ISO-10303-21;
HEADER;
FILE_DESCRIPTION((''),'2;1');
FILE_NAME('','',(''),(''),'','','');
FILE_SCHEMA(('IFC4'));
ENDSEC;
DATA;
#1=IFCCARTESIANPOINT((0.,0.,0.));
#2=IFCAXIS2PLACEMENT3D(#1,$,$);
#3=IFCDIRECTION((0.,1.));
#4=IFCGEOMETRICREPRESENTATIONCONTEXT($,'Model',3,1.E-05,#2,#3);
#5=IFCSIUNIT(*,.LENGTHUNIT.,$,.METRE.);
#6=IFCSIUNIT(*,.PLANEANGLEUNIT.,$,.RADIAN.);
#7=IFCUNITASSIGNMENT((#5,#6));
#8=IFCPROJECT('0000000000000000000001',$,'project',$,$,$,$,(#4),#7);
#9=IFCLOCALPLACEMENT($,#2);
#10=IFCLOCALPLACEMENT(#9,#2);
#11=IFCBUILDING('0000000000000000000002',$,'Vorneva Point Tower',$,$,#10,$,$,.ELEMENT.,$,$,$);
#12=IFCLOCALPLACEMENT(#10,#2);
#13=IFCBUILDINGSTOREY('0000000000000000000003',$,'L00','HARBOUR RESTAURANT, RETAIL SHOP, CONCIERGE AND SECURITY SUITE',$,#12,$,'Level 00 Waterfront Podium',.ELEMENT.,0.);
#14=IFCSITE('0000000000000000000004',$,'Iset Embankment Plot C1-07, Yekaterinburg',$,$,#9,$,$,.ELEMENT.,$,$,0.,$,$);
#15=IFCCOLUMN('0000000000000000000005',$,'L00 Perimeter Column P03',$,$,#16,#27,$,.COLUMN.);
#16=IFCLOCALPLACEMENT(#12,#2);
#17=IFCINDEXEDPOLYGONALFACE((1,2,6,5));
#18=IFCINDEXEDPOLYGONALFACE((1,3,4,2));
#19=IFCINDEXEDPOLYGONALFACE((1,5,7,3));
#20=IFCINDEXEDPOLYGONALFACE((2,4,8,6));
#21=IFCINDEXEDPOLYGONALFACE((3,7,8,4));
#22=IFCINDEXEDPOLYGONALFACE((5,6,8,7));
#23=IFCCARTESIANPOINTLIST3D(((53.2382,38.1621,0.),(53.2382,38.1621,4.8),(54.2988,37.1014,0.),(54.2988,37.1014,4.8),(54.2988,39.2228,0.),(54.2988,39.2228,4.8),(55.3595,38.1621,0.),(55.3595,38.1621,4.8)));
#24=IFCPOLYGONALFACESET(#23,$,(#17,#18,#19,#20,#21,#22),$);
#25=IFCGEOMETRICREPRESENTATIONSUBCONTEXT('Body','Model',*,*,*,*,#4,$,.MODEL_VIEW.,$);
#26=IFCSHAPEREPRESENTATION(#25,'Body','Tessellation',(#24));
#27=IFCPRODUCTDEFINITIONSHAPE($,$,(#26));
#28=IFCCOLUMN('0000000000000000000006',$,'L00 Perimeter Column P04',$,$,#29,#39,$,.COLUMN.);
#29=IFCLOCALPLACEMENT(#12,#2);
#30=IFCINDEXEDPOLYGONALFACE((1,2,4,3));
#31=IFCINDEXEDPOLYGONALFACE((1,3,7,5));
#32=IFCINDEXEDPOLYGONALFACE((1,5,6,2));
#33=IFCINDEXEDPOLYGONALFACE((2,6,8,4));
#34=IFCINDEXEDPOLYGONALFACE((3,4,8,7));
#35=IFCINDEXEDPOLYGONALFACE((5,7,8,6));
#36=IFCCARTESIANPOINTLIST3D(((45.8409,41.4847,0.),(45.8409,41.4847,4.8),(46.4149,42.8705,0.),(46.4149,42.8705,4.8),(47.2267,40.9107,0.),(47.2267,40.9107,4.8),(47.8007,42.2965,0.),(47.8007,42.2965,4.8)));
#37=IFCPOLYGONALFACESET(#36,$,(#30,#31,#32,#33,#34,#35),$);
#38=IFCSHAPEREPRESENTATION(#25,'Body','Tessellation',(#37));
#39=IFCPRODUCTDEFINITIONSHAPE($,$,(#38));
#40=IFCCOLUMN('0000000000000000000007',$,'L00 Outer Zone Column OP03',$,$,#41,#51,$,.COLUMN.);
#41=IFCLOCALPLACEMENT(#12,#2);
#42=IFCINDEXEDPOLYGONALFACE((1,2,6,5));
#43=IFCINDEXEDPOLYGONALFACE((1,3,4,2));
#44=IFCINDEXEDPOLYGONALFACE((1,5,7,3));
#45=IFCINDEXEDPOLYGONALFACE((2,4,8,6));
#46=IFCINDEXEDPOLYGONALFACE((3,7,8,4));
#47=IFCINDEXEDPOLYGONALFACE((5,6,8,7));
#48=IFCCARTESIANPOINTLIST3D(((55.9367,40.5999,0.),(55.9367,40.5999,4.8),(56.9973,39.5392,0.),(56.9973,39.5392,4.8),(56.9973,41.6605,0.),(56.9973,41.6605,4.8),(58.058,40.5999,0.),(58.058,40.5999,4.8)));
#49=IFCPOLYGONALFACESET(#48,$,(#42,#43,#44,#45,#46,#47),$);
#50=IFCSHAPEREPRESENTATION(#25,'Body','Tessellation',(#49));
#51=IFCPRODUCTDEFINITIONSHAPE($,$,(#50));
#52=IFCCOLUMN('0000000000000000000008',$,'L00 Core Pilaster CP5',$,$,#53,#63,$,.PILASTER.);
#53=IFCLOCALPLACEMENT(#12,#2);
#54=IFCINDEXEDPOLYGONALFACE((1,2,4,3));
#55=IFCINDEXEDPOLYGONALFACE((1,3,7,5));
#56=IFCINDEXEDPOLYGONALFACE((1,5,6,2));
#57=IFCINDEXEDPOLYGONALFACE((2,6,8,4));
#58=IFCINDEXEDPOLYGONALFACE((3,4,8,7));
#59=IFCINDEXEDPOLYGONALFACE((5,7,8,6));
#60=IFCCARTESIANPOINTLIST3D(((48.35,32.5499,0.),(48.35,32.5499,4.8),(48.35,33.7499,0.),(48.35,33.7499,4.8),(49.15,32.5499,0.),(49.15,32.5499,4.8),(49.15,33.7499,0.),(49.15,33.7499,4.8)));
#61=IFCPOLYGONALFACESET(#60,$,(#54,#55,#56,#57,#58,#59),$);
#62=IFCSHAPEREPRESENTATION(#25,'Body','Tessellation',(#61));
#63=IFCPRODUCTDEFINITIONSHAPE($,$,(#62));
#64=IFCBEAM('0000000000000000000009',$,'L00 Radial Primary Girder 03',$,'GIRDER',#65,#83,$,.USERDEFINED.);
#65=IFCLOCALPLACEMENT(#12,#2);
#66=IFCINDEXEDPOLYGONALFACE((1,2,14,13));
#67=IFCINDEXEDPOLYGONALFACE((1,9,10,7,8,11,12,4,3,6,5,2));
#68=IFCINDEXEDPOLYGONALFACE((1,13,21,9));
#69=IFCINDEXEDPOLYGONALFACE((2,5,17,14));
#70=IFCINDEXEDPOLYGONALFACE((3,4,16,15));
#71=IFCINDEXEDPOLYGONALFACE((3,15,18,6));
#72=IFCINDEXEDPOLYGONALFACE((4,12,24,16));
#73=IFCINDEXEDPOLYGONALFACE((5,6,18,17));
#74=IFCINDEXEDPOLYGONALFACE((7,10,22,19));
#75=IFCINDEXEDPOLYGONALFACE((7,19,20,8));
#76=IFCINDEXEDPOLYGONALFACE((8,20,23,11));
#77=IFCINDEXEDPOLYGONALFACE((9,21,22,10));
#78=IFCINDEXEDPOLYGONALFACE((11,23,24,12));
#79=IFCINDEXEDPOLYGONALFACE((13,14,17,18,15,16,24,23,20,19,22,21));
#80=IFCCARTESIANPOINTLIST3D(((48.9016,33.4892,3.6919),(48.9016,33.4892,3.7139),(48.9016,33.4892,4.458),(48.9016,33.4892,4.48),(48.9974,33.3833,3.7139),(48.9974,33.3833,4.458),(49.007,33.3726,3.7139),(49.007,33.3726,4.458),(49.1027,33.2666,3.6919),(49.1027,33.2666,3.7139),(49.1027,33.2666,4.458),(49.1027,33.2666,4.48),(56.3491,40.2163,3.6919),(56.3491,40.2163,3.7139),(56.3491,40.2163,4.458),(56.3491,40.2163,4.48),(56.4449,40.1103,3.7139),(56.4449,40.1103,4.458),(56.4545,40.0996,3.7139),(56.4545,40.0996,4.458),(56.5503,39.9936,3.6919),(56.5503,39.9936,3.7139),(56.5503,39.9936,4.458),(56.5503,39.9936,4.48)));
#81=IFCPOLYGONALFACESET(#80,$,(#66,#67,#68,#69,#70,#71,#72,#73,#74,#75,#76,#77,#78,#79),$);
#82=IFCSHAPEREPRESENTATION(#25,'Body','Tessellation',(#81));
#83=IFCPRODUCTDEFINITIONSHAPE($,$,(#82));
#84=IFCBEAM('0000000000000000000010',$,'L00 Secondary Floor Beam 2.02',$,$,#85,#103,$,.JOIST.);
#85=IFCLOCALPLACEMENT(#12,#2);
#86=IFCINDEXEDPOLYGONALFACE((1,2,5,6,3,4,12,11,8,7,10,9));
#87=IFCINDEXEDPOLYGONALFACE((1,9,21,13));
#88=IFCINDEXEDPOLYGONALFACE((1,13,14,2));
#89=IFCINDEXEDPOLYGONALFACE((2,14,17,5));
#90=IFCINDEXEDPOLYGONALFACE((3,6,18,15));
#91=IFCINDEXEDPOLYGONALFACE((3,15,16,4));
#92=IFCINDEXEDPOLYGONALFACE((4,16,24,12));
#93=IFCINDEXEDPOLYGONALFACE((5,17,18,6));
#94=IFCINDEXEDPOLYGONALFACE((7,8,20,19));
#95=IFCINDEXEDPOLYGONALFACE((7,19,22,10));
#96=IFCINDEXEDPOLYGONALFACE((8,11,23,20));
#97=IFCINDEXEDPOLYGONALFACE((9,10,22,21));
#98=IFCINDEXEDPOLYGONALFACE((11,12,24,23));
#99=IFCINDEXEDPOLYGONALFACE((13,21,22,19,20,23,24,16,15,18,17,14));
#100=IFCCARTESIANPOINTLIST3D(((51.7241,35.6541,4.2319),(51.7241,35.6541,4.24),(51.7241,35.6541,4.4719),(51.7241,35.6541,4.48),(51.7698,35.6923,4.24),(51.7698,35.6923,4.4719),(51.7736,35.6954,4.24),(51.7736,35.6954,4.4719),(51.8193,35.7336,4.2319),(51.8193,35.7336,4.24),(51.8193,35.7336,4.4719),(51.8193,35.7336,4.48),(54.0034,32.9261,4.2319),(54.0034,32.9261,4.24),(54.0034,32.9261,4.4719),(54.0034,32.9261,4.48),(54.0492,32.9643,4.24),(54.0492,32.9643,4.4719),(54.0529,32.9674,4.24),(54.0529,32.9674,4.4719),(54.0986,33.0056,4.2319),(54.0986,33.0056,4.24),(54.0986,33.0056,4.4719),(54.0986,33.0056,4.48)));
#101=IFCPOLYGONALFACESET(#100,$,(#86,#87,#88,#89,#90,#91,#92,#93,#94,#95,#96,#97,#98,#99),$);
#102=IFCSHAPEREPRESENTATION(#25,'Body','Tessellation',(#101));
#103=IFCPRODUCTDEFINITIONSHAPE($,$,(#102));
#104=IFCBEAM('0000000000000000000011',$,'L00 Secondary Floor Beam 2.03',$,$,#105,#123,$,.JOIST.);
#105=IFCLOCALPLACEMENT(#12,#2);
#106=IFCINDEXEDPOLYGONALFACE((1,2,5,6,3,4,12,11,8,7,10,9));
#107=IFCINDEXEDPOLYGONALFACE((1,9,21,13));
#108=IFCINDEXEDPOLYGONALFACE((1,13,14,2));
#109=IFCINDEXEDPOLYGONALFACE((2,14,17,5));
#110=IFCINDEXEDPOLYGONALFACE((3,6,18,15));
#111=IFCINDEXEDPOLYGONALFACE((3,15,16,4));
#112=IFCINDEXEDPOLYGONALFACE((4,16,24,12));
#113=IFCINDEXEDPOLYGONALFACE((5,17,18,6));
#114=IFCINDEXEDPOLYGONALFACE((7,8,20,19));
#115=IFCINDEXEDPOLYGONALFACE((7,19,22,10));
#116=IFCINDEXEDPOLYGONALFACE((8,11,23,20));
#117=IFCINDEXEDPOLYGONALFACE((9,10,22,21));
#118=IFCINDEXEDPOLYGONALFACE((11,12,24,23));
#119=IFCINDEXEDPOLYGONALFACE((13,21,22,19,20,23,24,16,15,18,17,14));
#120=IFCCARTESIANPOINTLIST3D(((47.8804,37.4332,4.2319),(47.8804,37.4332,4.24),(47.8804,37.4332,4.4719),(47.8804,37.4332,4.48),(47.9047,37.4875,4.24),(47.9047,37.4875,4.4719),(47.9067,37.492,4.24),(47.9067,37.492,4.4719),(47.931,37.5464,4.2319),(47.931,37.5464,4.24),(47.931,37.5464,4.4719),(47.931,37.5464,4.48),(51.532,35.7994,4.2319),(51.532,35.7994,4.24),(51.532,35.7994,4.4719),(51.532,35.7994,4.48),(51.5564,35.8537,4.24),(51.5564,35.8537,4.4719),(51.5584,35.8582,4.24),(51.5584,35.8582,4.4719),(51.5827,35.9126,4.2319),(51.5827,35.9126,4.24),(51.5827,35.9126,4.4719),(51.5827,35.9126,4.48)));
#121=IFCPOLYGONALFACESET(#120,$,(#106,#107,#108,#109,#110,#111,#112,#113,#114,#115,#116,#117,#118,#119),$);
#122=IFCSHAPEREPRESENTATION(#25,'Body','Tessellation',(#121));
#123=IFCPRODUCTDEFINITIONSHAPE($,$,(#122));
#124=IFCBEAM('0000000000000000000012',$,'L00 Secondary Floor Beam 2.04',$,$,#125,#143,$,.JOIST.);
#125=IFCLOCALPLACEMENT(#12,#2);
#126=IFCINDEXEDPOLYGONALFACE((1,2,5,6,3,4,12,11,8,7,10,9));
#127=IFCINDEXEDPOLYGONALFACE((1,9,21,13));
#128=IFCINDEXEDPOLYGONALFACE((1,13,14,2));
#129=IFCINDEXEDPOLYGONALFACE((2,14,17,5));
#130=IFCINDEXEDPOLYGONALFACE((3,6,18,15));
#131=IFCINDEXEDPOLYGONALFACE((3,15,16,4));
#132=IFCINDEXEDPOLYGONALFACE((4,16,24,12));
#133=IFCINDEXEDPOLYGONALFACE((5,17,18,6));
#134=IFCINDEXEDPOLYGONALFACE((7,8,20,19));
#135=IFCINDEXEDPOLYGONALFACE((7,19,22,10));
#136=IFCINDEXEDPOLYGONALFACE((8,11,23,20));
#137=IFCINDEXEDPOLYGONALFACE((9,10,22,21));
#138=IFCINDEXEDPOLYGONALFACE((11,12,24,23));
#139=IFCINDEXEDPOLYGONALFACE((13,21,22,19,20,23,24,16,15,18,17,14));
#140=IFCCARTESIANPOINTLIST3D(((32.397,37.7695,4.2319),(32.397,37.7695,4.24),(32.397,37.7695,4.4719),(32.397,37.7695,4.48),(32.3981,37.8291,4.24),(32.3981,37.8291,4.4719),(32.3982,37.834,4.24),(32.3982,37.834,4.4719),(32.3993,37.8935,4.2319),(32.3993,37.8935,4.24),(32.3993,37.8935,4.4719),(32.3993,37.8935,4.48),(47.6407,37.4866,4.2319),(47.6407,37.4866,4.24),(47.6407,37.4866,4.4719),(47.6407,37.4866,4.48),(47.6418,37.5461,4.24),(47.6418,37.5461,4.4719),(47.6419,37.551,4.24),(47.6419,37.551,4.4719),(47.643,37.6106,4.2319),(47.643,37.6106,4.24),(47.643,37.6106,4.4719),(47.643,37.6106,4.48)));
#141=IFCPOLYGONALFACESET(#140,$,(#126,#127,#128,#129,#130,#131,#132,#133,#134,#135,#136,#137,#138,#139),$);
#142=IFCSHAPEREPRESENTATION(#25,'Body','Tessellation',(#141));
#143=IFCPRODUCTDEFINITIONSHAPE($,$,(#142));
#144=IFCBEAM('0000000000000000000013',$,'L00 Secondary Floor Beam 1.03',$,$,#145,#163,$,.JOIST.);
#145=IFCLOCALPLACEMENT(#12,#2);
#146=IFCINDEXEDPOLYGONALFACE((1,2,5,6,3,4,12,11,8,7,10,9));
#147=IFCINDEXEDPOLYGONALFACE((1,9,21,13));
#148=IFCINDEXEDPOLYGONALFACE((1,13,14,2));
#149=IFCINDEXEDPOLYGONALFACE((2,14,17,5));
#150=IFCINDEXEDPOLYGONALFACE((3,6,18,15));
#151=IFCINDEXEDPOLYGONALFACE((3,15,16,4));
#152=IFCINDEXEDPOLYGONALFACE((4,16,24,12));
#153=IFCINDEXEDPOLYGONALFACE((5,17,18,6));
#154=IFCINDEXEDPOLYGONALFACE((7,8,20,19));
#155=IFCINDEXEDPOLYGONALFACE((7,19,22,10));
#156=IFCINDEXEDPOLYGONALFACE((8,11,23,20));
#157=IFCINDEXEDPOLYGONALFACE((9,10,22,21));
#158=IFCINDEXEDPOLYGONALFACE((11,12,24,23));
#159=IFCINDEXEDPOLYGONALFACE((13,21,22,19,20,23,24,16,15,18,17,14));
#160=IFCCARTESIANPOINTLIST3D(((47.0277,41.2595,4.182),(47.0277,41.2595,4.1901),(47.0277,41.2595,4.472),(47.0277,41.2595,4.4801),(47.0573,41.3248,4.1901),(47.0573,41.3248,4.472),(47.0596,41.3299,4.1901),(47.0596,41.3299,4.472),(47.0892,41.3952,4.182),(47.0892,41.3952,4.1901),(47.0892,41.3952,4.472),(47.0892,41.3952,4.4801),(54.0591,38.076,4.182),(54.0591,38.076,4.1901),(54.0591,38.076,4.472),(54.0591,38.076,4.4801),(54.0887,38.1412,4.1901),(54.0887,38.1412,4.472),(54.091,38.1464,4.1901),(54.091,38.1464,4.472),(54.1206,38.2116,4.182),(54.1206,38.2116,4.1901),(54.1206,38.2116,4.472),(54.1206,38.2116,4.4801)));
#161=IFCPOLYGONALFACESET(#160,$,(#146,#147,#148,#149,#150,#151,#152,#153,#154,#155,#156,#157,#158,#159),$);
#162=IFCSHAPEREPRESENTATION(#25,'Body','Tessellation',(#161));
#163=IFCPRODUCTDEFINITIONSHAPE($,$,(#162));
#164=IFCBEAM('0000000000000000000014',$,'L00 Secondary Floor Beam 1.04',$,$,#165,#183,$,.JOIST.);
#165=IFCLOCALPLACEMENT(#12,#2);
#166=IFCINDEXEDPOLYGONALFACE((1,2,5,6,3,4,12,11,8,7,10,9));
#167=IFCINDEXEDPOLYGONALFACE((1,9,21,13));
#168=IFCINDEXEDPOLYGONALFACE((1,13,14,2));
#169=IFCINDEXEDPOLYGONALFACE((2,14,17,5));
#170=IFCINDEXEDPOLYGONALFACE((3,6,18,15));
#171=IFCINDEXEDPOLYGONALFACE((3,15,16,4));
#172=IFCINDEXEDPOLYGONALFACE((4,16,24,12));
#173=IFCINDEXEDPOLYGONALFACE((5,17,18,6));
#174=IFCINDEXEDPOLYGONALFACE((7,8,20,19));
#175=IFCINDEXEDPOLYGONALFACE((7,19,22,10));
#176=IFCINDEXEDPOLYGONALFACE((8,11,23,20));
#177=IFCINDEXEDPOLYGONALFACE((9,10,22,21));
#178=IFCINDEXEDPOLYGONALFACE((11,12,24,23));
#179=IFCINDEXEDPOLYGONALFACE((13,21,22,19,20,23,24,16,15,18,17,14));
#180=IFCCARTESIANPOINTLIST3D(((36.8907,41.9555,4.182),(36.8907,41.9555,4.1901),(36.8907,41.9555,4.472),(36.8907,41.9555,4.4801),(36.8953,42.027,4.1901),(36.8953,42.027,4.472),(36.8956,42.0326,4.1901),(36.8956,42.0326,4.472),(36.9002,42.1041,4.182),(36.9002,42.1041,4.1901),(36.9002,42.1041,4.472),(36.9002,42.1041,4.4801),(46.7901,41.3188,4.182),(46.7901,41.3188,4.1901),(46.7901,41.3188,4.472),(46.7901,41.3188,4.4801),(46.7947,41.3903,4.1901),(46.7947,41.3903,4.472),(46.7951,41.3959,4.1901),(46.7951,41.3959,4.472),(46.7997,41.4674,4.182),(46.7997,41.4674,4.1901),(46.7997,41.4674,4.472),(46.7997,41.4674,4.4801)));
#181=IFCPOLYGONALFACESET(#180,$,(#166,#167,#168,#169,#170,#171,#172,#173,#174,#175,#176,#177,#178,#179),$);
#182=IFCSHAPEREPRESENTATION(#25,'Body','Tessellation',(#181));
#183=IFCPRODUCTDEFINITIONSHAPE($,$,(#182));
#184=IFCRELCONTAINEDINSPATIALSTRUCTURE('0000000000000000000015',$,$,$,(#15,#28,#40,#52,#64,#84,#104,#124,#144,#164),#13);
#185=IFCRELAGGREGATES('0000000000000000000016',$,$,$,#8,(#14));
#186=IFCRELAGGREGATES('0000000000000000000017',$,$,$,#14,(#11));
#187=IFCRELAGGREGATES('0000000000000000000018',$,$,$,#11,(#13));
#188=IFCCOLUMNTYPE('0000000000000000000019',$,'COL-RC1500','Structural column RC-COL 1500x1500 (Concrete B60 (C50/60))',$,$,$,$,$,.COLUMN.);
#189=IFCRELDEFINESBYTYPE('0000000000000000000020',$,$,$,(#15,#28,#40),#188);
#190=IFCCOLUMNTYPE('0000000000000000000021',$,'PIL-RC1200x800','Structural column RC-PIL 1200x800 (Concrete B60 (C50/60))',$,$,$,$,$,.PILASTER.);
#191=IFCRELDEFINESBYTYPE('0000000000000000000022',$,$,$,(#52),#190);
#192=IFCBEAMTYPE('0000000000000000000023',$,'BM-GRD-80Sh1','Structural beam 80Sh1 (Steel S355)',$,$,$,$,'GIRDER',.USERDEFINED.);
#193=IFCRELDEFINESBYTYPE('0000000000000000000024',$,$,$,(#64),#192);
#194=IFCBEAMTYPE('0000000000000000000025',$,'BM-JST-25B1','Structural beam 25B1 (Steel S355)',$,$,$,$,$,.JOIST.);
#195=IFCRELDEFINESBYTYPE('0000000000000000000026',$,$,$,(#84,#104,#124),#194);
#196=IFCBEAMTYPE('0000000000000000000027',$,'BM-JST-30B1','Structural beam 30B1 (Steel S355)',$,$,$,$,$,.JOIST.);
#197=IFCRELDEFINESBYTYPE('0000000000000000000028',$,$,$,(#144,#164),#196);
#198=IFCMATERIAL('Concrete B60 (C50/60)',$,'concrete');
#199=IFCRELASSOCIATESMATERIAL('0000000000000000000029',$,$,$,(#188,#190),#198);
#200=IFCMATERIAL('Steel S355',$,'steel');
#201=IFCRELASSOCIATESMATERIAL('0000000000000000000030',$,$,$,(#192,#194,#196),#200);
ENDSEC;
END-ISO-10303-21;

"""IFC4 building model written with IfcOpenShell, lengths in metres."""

from ifc_helpers import new_model, si_unit, direction, frame, origin, origin_2d, place, context, subcontext, project, spatial, rectangle, i_section, extrude, material, material_profile, profile_set, type_object, element, save


model = new_model("IFC4")

# Units and contexts
model_context = context("Model", 3, precision=1e-05, world=origin(), true_north=direction((0.0, 1.0)))
body_context = subcontext(model_context, "Body", "Model", "MODEL_VIEW")
ifc_project = project(units=[si_unit("LENGTHUNIT", "METRE"), si_unit("PLANEANGLEUNIT", "RADIAN")], contexts=[model_context])

# Site, building, storey
site_placement = place(None, origin())
site = spatial("IfcSite", under=ifc_project, at=site_placement, Name="Iset Embankment Plot C1-07, Yekaterinburg", CompositionType="ELEMENT", RefElevation=0.0)
building_placement = place(site_placement, origin())
building = spatial("IfcBuilding", under=site, at=building_placement, Name="Vorneva Point Tower", CompositionType="ELEMENT")
storey_placement = place(building_placement, origin())
storey = spatial("IfcBuildingStorey", under=building, at=storey_placement, Name="L00", Description="HARBOUR RESTAURANT, RETAIL SHOP, CONCIERGE AND SECURITY SUITE", LongName="Level 00 Waterfront Podium", CompositionType="ELEMENT", Elevation=0.0)

# Columns
ifc_material_1 = material(Name="Concrete B60 (C50/60)", Category="concrete")
ifc_material_profile_1 = material_profile(ifc_material_1, rectangle(XDim=1.5, YDim=1.5, at=origin_2d()), Name="RC-COL 1500x1500")
ifc_profile_set_1 = profile_set([ifc_material_profile_1], Name="Concrete B60 (C50/60)")
column_type_1 = type_object("IfcColumnType", Name="COL-RC1500", Description="Structural column RC-COL 1500x1500 (Concrete B60 (C50/60))", PredefinedType="COLUMN", material=ifc_profile_set_1)
for number, where, z_axis, x_axis, name in (
    (1, (54.2988, 38.1621, 0.0), (0.0, 0.0, 1.0), (0.707107, 0.707107, 0.0), "L00 Perimeter Column P03"),
    (2, (46.8208, 41.8906, 0.0), (0.0, 0.0, 1.0), (0.382683, 0.92388, 0.0), "L00 Perimeter Column P04"),
    (3, (56.9973, 40.5999, 0.0), (0.0, 0.0, 1.0), (0.707107, 0.707107, 0.0), "L00 Outer Zone Column OP03"),
):
    element("IfcColumn", number, at=place(storey_placement, frame(where, z_axis=z_axis, x_axis=x_axis)), inside=storey, type_object=column_type_1, Name=name, PredefinedType="COLUMN", context=body_context, shape_type="SweptSolid", body=[
        extrude(rectangle(XDim=1.5, YDim=1.5, at=origin_2d()), origin(), (0.0, 0.0, 1.0), 4.8),
    ])
ifc_material_profile_2 = material_profile(ifc_material_1, rectangle(XDim=0.8, YDim=1.2, at=origin_2d()), Name="RC-PIL 1200x800")
ifc_profile_set_2 = profile_set([ifc_material_profile_2], Name="Concrete B60 (C50/60)")
column_type_2 = type_object("IfcColumnType", Name="PIL-RC1200x800", Description="Structural column RC-PIL 1200x800 (Concrete B60 (C50/60))", PredefinedType="PILASTER", material=ifc_profile_set_2)
column_placement = place(storey_placement, frame((48.75, 33.1499, 0.0), z_axis=(0.0, 0.0, 1.0), x_axis=(1.0, 0.0, 0.0)))
element("IfcColumn", 4, at=column_placement, inside=storey, type_object=column_type_2, Name="L00 Core Pilaster CP5", PredefinedType="PILASTER", context=body_context, shape_type="SweptSolid", body=[
    extrude(rectangle(XDim=0.8, YDim=1.2, at=origin_2d()), origin(), (0.0, 0.0, 1.0), 4.8),
])

# Beams
ifc_material_2 = material(Name="Steel S355", Category="steel")
ifc_material_profile_3 = material_profile(ifc_material_2, i_section(OverallWidth=0.3, OverallDepth=0.7881, WebThickness=0.0144, FlangeThickness=0.022, at=origin_2d()), Name="80Sh1")
ifc_profile_set_3 = profile_set([ifc_material_profile_3], Name="Steel S355")
beam_type_1 = type_object("IfcBeamType", Name="BM-GRD-80Sh1", Description="Structural beam 80Sh1 (Steel S355)", ElementType="GIRDER", PredefinedType="USERDEFINED", material=ifc_profile_set_3)
beam_1_placement = place(storey_placement, frame((56.4497, 40.105, 4.0859), z_axis=(-0.742089, -0.670301, 0.0), x_axis=(0.670301, -0.742089, 0.0)))
element("IfcBeam", 5, at=beam_1_placement, inside=storey, type_object=beam_type_1, Name="L00 Radial Primary Girder 03", ObjectType="GIRDER", PredefinedType="USERDEFINED", context=body_context, shape_type="SweptSolid", body=[
    extrude(i_section(OverallWidth=0.3, OverallDepth=0.7881, WebThickness=0.0144, FlangeThickness=0.022, at=origin_2d()), origin(), (0.0, 0.0, 1.0), 10.0359),
])
ifc_material_profile_4 = material_profile(ifc_material_2, i_section(OverallWidth=0.124, OverallDepth=0.248, WebThickness=0.0049, FlangeThickness=0.0081, at=origin_2d()), Name="25B1")
ifc_profile_set_4 = profile_set([ifc_material_profile_4], Name="Steel S355")
beam_type_2 = type_object("IfcBeamType", Name="BM-JST-25B1", Description="Structural beam 25B1 (Steel S355)", PredefinedType="JOIST", material=ifc_profile_set_4)
beam_2_placement = place(storey_placement, frame((54.051, 32.9658, 4.356), z_axis=(-0.64117, 0.767399, 0.0), x_axis=(-0.767399, -0.64117, 0.0)))
element("IfcBeam", 6, at=beam_2_placement, inside=storey, type_object=beam_type_2, Name="L00 Secondary Floor Beam 2.02", PredefinedType="JOIST", context=body_context, shape_type="SweptSolid", body=[
    extrude(i_section(OverallWidth=0.124, OverallDepth=0.248, WebThickness=0.0049, FlangeThickness=0.0081, at=origin_2d()), origin(), (0.0, 0.0, 1.0), 3.5549),
])
beam_3_placement = place(storey_placement, frame((51.5574, 35.856, 4.356), z_axis=(-0.912802, 0.408402, 0.0), x_axis=(-0.408402, -0.912802, 0.0)))
element("IfcBeam", 7, at=beam_3_placement, inside=storey, type_object=beam_type_2, Name="L00 Secondary Floor Beam 2.03", PredefinedType="JOIST", context=body_context, shape_type="SweptSolid", body=[
    extrude(i_section(OverallWidth=0.124, OverallDepth=0.248, WebThickness=0.0049, FlangeThickness=0.0081, at=origin_2d()), origin(), (0.0, 0.0, 1.0), 4.0005),
])
beam_4_placement = place(storey_placement, frame((47.6418, 37.5486, 4.356), z_axis=(-0.999828, 0.018559, 0.0), x_axis=(-0.018559, -0.999828, 0.0)))
element("IfcBeam", 8, at=beam_4_placement, inside=storey, type_object=beam_type_2, Name="L00 Secondary Floor Beam 2.04", PredefinedType="JOIST", context=body_context, shape_type="SweptSolid", body=[
    extrude(i_section(OverallWidth=0.124, OverallDepth=0.248, WebThickness=0.0049, FlangeThickness=0.0081, at=origin_2d()), origin(), (0.0, 0.0, 1.0), 15.2463),
])
ifc_material_profile_5 = material_profile(ifc_material_2, i_section(OverallWidth=0.1489, OverallDepth=0.2981, WebThickness=0.0056, FlangeThickness=0.0081, at=origin_2d()), Name="30B1")
ifc_profile_set_5 = profile_set([ifc_material_profile_5], Name="Steel S355")
beam_type_3 = type_object("IfcBeamType", Name="BM-JST-30B1", Description="Structural beam 30B1 (Steel S355)", PredefinedType="JOIST", material=ifc_profile_set_5)
beam_5_placement = place(storey_placement, frame((54.0898, 38.1438, 4.3311), z_axis=(-0.910978, 0.412456, 0.0), x_axis=(-0.412456, -0.910978, 0.0)))
element("IfcBeam", 9, at=beam_5_placement, inside=storey, type_object=beam_type_3, Name="L00 Secondary Floor Beam 1.03", PredefinedType="JOIST", context=body_context, shape_type="SweptSolid", body=[
    extrude(i_section(OverallWidth=0.1489, OverallDepth=0.2981, WebThickness=0.0056, FlangeThickness=0.0081, at=origin_2d()), origin(), (0.0, 0.0, 1.0), 7.7185),
])
beam_6_placement = place(storey_placement, frame((46.7949, 41.3931, 4.3311), z_axis=(-0.997938, 0.064186, 0.0), x_axis=(-0.064186, -0.997938, 0.0)))
element("IfcBeam", 10, at=beam_6_placement, inside=storey, type_object=beam_type_3, Name="L00 Secondary Floor Beam 1.04", PredefinedType="JOIST", context=body_context, shape_type="SweptSolid", body=[
    extrude(i_section(OverallWidth=0.1489, OverallDepth=0.2981, WebThickness=0.0056, FlangeThickness=0.0081, at=origin_2d()), origin(), (0.0, 0.0, 1.0), 9.9199),
])

save(model, "model.ifc")
